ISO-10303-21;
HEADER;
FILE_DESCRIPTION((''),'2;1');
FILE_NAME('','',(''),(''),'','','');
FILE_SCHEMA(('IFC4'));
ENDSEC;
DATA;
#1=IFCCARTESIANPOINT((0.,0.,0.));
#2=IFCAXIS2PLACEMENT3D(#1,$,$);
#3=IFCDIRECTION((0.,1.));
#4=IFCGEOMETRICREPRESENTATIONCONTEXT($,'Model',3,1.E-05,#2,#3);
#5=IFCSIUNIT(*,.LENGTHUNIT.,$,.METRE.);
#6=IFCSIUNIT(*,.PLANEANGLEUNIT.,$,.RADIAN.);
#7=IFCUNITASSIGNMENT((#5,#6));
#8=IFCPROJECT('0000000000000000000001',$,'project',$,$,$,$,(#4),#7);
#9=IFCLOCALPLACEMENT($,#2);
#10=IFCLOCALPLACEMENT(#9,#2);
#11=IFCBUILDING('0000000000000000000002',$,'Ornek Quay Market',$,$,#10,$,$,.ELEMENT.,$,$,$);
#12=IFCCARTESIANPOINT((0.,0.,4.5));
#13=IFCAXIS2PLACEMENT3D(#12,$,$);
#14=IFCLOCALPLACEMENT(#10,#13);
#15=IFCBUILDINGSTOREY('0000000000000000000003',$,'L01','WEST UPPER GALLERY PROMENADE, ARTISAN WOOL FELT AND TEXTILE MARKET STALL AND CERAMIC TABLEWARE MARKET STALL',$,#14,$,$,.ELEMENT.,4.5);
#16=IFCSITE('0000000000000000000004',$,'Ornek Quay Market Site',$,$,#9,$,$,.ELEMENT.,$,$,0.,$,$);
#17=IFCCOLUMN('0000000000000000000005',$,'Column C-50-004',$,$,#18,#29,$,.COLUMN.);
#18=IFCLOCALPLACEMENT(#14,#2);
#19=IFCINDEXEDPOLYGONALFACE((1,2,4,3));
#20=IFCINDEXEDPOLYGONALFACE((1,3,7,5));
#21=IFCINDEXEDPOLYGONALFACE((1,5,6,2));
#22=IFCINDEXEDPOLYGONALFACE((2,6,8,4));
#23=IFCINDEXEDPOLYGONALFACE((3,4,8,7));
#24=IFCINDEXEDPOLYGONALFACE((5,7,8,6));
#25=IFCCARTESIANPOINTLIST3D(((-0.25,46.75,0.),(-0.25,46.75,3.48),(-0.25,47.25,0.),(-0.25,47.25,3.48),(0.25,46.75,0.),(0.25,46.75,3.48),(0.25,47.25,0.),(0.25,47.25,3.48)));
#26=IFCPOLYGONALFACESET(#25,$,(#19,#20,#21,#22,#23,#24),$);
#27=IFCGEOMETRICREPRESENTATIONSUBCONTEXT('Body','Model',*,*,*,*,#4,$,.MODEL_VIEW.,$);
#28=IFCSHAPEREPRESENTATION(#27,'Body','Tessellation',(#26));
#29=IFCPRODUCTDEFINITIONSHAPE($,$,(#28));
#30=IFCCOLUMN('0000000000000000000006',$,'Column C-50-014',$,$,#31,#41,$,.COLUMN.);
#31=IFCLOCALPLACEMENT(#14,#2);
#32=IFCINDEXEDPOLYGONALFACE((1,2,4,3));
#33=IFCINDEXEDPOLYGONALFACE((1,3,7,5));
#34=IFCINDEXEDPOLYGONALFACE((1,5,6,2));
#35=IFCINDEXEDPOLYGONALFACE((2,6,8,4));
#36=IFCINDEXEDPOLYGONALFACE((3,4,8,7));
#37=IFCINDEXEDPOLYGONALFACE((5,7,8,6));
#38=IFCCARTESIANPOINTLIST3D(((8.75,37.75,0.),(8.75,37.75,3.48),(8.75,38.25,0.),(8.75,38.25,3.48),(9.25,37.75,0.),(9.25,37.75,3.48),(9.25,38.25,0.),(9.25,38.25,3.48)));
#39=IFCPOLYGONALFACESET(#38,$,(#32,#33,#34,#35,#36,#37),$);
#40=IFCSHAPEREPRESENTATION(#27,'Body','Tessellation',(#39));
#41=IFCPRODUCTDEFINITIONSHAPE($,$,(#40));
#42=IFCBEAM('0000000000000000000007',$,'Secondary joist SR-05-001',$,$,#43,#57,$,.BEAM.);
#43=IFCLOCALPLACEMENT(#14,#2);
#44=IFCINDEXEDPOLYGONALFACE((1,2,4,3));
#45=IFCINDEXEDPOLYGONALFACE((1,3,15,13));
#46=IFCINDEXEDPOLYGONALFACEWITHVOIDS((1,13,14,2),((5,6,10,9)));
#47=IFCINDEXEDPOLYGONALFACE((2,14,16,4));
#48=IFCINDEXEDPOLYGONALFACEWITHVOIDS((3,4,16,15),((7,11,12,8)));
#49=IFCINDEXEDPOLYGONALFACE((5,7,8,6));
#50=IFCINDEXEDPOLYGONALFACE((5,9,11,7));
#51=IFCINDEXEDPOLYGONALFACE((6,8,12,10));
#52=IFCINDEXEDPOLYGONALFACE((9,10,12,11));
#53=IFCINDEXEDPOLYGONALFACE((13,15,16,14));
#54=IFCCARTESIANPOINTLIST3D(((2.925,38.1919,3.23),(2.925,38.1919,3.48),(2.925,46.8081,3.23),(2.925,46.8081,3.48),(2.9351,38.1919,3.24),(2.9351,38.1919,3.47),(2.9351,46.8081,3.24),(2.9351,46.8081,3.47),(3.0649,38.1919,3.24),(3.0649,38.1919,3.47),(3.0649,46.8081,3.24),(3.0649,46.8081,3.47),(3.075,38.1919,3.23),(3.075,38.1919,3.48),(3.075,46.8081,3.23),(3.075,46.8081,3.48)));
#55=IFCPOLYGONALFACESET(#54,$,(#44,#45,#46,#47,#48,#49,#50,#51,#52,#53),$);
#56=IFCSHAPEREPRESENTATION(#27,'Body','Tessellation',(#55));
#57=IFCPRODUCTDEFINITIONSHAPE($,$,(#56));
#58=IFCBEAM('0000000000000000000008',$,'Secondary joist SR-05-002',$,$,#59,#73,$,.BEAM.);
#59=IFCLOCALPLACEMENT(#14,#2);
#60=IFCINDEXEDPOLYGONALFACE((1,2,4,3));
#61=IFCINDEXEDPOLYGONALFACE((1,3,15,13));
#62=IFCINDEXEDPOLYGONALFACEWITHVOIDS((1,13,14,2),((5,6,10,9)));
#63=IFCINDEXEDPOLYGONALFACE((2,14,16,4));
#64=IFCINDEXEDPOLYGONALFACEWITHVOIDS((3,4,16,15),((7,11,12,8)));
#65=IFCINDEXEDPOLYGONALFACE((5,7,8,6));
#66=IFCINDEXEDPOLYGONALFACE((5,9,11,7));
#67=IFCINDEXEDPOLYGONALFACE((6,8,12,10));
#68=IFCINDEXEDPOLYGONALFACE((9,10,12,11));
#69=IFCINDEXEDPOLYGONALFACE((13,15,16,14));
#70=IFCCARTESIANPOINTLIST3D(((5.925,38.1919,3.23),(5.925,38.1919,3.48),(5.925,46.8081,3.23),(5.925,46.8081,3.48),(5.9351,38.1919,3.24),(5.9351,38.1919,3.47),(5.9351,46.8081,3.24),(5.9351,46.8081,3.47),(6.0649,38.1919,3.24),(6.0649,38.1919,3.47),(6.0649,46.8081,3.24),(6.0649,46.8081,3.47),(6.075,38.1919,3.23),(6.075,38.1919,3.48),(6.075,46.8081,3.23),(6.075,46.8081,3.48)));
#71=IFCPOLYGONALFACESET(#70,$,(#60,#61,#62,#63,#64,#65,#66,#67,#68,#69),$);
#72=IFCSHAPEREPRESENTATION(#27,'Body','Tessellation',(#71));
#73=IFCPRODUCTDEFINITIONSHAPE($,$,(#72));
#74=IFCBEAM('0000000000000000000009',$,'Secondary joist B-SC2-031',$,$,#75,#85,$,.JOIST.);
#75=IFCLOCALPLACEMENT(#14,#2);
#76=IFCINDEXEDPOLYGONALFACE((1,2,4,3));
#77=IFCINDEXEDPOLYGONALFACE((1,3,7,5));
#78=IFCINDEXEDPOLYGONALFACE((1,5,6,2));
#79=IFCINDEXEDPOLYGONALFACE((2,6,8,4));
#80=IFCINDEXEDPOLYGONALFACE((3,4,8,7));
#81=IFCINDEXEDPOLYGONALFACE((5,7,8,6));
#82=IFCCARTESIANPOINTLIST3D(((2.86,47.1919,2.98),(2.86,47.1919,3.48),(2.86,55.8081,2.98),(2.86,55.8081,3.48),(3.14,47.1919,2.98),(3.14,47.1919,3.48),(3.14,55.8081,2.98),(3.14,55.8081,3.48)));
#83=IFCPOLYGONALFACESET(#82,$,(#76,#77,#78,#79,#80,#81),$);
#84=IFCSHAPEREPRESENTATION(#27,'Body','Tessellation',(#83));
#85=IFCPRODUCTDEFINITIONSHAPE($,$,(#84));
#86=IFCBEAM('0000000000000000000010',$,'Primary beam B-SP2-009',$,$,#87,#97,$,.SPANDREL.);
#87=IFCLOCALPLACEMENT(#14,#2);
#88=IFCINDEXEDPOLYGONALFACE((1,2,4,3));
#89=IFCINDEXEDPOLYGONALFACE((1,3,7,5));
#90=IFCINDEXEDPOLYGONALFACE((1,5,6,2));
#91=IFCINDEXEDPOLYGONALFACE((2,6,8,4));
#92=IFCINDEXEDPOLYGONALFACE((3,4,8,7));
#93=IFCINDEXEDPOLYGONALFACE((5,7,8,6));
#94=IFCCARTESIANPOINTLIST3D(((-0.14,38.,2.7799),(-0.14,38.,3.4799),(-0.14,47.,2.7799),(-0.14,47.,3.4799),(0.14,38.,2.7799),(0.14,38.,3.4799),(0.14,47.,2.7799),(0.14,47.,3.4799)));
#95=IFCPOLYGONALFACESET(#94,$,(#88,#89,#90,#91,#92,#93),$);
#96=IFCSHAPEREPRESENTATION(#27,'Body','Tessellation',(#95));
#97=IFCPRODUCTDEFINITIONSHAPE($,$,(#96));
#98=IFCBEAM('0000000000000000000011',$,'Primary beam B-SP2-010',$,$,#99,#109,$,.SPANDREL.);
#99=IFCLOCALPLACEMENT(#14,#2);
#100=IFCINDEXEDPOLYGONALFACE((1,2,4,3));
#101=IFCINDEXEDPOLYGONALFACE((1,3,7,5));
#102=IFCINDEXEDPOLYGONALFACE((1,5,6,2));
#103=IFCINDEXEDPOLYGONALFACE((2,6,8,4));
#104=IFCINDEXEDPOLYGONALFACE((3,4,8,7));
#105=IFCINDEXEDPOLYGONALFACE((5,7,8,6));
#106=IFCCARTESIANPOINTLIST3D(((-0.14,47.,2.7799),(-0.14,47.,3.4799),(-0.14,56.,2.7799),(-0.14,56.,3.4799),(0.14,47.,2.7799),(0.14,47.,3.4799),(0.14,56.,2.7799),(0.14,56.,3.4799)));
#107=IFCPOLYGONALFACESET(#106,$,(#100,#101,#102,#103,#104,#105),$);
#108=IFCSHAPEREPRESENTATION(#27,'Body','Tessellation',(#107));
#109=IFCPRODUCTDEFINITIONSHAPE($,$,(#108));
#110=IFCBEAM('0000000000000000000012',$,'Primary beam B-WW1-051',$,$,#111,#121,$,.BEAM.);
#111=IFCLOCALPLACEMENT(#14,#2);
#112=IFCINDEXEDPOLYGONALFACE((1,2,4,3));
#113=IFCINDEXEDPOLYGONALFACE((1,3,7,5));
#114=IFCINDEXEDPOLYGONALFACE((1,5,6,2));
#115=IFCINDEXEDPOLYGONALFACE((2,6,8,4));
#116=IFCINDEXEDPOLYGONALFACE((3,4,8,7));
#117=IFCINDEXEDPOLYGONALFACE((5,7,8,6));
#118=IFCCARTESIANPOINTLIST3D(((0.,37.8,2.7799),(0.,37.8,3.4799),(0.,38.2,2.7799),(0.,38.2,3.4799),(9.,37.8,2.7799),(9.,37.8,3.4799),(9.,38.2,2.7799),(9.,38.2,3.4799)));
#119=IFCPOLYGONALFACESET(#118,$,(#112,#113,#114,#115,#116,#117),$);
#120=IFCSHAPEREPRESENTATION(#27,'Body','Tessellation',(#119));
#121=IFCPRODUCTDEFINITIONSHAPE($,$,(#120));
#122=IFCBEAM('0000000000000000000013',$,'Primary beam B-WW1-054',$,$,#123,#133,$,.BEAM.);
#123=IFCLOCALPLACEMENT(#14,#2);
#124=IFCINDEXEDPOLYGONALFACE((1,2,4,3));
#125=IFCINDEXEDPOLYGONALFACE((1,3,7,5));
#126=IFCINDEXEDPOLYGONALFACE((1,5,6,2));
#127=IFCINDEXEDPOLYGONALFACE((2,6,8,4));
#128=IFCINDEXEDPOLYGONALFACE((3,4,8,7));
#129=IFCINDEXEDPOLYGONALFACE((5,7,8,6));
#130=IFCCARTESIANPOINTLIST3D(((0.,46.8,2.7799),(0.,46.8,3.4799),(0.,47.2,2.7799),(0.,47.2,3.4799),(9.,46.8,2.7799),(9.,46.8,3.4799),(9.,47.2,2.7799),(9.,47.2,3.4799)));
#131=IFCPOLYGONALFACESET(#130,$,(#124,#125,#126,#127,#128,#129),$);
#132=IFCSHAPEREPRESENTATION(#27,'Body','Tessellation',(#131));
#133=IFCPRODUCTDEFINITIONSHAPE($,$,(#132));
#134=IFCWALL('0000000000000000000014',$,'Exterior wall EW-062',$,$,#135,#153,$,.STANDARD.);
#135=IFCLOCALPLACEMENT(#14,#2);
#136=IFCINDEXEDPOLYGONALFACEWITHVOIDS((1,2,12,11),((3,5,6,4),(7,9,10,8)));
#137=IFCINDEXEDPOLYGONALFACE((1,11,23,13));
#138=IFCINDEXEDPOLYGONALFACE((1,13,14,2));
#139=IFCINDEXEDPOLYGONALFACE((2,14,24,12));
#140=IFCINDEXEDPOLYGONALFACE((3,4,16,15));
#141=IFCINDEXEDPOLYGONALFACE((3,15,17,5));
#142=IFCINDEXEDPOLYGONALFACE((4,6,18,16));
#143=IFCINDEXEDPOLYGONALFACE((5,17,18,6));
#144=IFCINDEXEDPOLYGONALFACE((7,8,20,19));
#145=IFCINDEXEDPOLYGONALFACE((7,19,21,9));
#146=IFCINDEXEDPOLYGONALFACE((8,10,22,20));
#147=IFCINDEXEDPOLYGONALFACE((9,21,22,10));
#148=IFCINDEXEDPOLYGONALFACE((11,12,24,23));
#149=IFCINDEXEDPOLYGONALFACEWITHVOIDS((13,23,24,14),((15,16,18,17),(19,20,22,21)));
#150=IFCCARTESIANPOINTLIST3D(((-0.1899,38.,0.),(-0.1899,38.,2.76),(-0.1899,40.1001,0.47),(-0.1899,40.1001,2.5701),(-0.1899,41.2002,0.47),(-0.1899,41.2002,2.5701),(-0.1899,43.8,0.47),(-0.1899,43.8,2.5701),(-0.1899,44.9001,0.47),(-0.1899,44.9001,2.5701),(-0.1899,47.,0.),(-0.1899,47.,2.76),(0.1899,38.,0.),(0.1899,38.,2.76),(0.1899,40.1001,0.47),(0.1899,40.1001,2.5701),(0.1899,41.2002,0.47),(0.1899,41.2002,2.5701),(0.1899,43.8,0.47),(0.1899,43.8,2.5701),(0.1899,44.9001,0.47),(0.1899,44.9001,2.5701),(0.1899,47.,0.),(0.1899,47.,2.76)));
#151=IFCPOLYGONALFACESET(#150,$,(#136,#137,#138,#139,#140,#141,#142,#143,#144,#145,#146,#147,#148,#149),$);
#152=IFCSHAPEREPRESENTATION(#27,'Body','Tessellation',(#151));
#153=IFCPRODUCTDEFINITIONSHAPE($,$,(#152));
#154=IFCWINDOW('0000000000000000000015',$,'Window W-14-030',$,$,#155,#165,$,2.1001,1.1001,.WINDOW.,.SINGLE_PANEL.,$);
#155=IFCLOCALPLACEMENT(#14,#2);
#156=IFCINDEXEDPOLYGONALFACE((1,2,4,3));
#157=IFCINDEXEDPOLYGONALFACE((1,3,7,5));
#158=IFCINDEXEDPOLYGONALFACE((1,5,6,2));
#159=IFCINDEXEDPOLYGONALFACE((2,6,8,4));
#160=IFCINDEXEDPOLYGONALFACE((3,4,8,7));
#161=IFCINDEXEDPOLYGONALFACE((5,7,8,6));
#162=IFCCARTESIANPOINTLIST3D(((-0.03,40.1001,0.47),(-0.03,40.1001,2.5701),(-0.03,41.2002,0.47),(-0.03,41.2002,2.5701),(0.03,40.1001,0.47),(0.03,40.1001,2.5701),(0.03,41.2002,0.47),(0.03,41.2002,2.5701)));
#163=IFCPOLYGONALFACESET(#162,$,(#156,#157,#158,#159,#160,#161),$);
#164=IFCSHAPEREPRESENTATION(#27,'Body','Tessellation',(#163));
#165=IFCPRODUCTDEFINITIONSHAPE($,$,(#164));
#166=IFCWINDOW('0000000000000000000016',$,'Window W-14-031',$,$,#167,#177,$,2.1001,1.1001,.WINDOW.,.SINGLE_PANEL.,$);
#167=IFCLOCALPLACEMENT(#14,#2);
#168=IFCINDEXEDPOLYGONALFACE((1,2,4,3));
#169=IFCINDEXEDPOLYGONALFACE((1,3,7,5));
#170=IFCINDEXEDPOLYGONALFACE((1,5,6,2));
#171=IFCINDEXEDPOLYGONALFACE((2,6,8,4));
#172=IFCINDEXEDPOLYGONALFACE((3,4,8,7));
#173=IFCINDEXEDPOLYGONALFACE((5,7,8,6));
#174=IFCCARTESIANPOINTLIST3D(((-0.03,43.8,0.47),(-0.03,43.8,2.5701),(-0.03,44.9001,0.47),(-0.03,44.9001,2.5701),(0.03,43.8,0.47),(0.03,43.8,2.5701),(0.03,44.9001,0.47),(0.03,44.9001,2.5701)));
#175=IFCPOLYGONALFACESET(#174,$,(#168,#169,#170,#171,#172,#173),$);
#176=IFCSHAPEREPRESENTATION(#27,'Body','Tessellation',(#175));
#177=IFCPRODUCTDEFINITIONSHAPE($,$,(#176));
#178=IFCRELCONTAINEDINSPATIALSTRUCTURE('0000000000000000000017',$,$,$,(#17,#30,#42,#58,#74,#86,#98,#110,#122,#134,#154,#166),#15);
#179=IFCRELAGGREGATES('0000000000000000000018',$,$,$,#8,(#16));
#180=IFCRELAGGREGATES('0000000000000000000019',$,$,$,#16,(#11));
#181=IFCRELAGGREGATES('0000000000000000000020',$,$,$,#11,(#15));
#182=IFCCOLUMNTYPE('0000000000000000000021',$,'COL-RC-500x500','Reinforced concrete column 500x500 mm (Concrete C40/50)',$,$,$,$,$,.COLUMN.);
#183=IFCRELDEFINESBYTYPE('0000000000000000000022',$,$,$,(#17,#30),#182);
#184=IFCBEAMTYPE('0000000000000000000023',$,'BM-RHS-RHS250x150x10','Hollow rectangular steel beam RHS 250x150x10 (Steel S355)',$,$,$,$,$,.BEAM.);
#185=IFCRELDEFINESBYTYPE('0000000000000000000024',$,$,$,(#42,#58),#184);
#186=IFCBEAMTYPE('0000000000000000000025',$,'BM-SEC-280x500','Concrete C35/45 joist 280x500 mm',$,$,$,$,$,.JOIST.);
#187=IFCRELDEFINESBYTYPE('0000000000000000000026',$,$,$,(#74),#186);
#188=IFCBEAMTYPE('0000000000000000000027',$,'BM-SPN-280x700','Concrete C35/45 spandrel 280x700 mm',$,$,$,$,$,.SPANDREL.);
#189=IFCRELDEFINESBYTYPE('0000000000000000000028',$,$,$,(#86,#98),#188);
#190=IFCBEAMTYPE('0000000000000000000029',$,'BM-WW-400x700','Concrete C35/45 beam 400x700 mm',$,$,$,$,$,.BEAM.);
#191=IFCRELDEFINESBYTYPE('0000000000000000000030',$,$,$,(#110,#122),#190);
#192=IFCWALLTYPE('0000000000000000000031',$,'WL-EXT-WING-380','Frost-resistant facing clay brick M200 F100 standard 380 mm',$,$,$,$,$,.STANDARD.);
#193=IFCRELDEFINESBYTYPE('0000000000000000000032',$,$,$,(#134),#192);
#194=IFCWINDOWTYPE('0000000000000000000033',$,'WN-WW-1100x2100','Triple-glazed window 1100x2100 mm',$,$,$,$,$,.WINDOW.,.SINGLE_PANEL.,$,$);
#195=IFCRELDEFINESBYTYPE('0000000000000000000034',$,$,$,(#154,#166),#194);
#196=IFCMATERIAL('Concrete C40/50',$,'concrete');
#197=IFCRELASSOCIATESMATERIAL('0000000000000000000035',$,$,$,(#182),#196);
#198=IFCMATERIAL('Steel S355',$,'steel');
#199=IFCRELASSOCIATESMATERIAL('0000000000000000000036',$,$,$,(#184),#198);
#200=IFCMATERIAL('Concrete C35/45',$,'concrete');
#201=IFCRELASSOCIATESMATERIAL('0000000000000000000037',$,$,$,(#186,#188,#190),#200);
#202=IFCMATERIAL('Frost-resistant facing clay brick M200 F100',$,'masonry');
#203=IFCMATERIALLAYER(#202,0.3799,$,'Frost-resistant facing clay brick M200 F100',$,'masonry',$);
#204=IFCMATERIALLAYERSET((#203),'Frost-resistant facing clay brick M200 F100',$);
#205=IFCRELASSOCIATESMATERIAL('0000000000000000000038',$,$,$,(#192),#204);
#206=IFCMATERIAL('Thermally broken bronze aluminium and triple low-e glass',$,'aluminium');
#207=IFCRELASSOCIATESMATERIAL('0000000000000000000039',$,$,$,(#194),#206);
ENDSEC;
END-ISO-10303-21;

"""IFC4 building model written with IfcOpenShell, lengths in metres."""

from ifc_helpers import new_model, si_unit, direction, frame, frame_2d, origin, origin_2d, place, context, subcontext, project, spatial, rectangle, hollow_rectangle, extrude, material, layer, layer_set, material_profile, profile_set, type_object, element, fill, save


model = new_model("IFC4")

# Units and contexts
model_context = context("Model", 3, precision=1e-05, world=origin(), true_north=direction((0.0, 1.0)))
body_context = subcontext(model_context, "Body", "Model", "MODEL_VIEW")
ifc_project = project(units=[si_unit("LENGTHUNIT", "METRE"), si_unit("PLANEANGLEUNIT", "RADIAN")], contexts=[model_context])

# Site, building, storey
site_placement = place(None, origin())
site = spatial("IfcSite", under=ifc_project, at=site_placement, Name="Ornek Quay Market Site", CompositionType="ELEMENT", RefElevation=0.0)
building_placement = place(site_placement, origin())
building = spatial("IfcBuilding", under=site, at=building_placement, Name="Ornek Quay Market", CompositionType="ELEMENT")
storey_placement = place(building_placement, frame((0.0, 0.0, 4.5)))
storey = spatial("IfcBuildingStorey", under=building, at=storey_placement, Name="L01", Description="WEST UPPER GALLERY PROMENADE, ARTISAN WOOL FELT AND TEXTILE MARKET STALL AND CERAMIC TABLEWARE MARKET STALL", CompositionType="ELEMENT", Elevation=4.5)

# Columns
ifc_material_1 = material(Name="Concrete C40/50", Category="concrete")
ifc_material_profile_1 = material_profile(ifc_material_1, rectangle(XDim=0.5, YDim=0.5, at=origin_2d()), Name="RC 500x500", Category="concrete")
ifc_profile_set_1 = profile_set([ifc_material_profile_1], Name="Concrete C40/50")
column_type = type_object("IfcColumnType", Name="COL-RC-500x500", Description="Reinforced concrete column 500x500 mm (Concrete C40/50)", PredefinedType="COLUMN", material=ifc_profile_set_1)
for number, where, z_axis, x_axis, name in (
    (1, (0.0, 47.0, 0.0), (0.0, 0.0, 1.0), (1.0, 0.0, 0.0), "Column C-50-004"),
    (2, (9.0, 38.0, 0.0), (0.0, 0.0, 1.0), (1.0, 0.0, 0.0), "Column C-50-014"),
):
    element("IfcColumn", number, at=place(storey_placement, frame(where, z_axis=z_axis, x_axis=x_axis)), inside=storey, type_object=column_type, Name=name, PredefinedType="COLUMN", context=body_context, shape_type="SweptSolid", body=[
        extrude(rectangle(XDim=0.5, YDim=0.5, at=origin_2d()), origin(), (0.0, 0.0, 1.0), 3.48),
    ])

# Beams
ifc_material_2 = material(Name="Steel S355", Category="steel")
ifc_material_profile_2 = material_profile(ifc_material_2, hollow_rectangle(XDim=0.1499, YDim=0.25, WallThickness=0.01, at=origin_2d()), Name="RHS 250x150x10", Category="steel")
ifc_profile_set_2 = profile_set([ifc_material_profile_2], Name="Steel S355")
beam_type_1 = type_object("IfcBeamType", Name="BM-RHS-RHS250x150x10", Description="Hollow rectangular steel beam RHS 250x150x10 (Steel S355)", PredefinedType="BEAM", material=ifc_profile_set_2)
for number, where, z_axis, x_axis, name in (
    (3, (3.0, 38.1919, 3.355), (0.0, 1.0, 0.0), (-1.0, 0.0, 0.0), "Secondary joist SR-05-001"),
    (4, (6.0, 38.1919, 3.355), (0.0, 1.0, 0.0), (-1.0, 0.0, 0.0), "Secondary joist SR-05-002"),
):
    element("IfcBeam", number, at=place(storey_placement, frame(where, z_axis=z_axis, x_axis=x_axis)), inside=storey, type_object=beam_type_1, Name=name, PredefinedType="BEAM", context=body_context, shape_type="SweptSolid", body=[
        extrude(hollow_rectangle(XDim=0.1499, YDim=0.25, WallThickness=0.01, at=origin_2d()), origin(), (0.0, 0.0, 1.0), 8.6162),
    ])
ifc_material_3 = material(Name="Concrete C35/45", Category="concrete")
ifc_material_profile_3 = material_profile(ifc_material_3, rectangle(XDim=0.28, YDim=0.5, at=origin_2d()), Name="RC 280x500", Category="concrete")
ifc_profile_set_3 = profile_set([ifc_material_profile_3], Name="Concrete C35/45")
beam_type_2 = type_object("IfcBeamType", Name="BM-SEC-280x500", Description="Concrete C35/45 joist 280x500 mm", PredefinedType="JOIST", material=ifc_profile_set_3)
beam_placement = place(storey_placement, frame((3.0, 47.1919, 3.23), z_axis=(0.0, 1.0, 0.0), x_axis=(-1.0, 0.0, 0.0)))
element("IfcBeam", 5, at=beam_placement, inside=storey, type_object=beam_type_2, Name="Secondary joist B-SC2-031", PredefinedType="JOIST", context=body_context, shape_type="SweptSolid", body=[
    extrude(rectangle(XDim=0.28, YDim=0.5, at=origin_2d()), origin(), (0.0, 0.0, 1.0), 8.6162),
])
ifc_material_profile_4 = material_profile(ifc_material_3, rectangle(XDim=0.28, YDim=0.7, at=origin_2d()), Name="RC 280x700", Category="concrete")
ifc_profile_set_4 = profile_set([ifc_material_profile_4], Name="Concrete C35/45")
beam_type_3 = type_object("IfcBeamType", Name="BM-SPN-280x700", Description="Concrete C35/45 spandrel 280x700 mm", PredefinedType="SPANDREL", material=ifc_profile_set_4)
for number, where, z_axis, x_axis, name in (
    (6, (0.0, 38.0, 3.1299), (0.0, 1.0, 0.0), (-1.0, 0.0, 0.0), "Primary beam B-SP2-009"),
    (7, (0.0, 47.0, 3.1299), (0.0, 1.0, 0.0), (-1.0, 0.0, 0.0), "Primary beam B-SP2-010"),
):
    element("IfcBeam", number, at=place(storey_placement, frame(where, z_axis=z_axis, x_axis=x_axis)), inside=storey, type_object=beam_type_3, Name=name, PredefinedType="SPANDREL", context=body_context, shape_type="SweptSolid", body=[
        extrude(rectangle(XDim=0.28, YDim=0.7, at=origin_2d()), origin(), (0.0, 0.0, 1.0), 9.0),
    ])
ifc_material_profile_5 = material_profile(ifc_material_3, rectangle(XDim=0.3999, YDim=0.7, at=origin_2d()), Name="RC 400x700", Category="concrete")
ifc_profile_set_5 = profile_set([ifc_material_profile_5], Name="Concrete C35/45")
beam_type_4 = type_object("IfcBeamType", Name="BM-WW-400x700", Description="Concrete C35/45 beam 400x700 mm", PredefinedType="BEAM", material=ifc_profile_set_5)
for number, where, z_axis, x_axis, name in (
    (8, (0.0, 38.0, 3.1299), (1.0, 0.0, 0.0), (0.0, 1.0, 0.0), "Primary beam B-WW1-051"),
    (9, (0.0, 47.0, 3.1299), (1.0, 0.0, 0.0), (0.0, 1.0, 0.0), "Primary beam B-WW1-054"),
):
    element("IfcBeam", number, at=place(storey_placement, frame(where, z_axis=z_axis, x_axis=x_axis)), inside=storey, type_object=beam_type_4, Name=name, PredefinedType="BEAM", context=body_context, shape_type="SweptSolid", body=[
        extrude(rectangle(XDim=0.3999, YDim=0.7, at=origin_2d()), origin(), (0.0, 0.0, 1.0), 9.0),
    ])

# Wall, openings, windows
ifc_material_4 = material(Name="Frost-resistant facing clay brick M200 F100", Category="masonry")
ifc_layer_1 = layer(ifc_material_4, 0.3799, Name="Frost-resistant facing clay brick M200 F100", Category="masonry")
ifc_layer_set_1 = layer_set([ifc_layer_1], Name="Frost-resistant facing clay brick M200 F100")
wall_type_1 = type_object("IfcWallType", Name="WL-EXT-WING-380", Description="Frost-resistant facing clay brick M200 F100 standard 380 mm", PredefinedType="STANDARD", material=ifc_layer_set_1)
wall_1_placement = place(storey_placement, frame((0.0, 38.0, 0.0), z_axis=(0.0, 0.0, 1.0), x_axis=(0.0, 1.0, 0.0)))
wall_1 = element("IfcWall", 10, at=wall_1_placement, inside=storey, type_object=wall_type_1, Name="Exterior wall EW-062", PredefinedType="STANDARD", context=body_context, shape_type="SweptSolid", body=[
    extrude(rectangle(XDim=9.0, YDim=0.3799, at=frame_2d((4.5, 0.0))), origin(), (0.0, 0.0, 1.0), 2.76),
])
opening_1_placement = place(wall_1_placement, frame((2.1001, 0.0, 0.47)))
opening_1 = element("IfcOpeningElement", 11, at=opening_1_placement, cuts=wall_1, PredefinedType="OPENING", context=body_context, shape_type="SweptSolid", body=[
    extrude(rectangle(XDim=1.1001, YDim=2.1001, at=frame_2d((0.55, 1.05))), frame((0.0, 0.2, 0.0), z_axis=(0.0, -1.0, 0.0), x_axis=(1.0, 0.0, 0.0)), (0.0, 0.0, 1.0), 0.3999),
])
opening_2_placement = place(wall_1_placement, frame((5.8, 0.0, 0.47)))
opening_2 = element("IfcOpeningElement", 12, at=opening_2_placement, cuts=wall_1, PredefinedType="OPENING", context=body_context, shape_type="SweptSolid", body=[
    extrude(rectangle(XDim=1.1001, YDim=2.1001, at=frame_2d((0.55, 1.05))), frame((0.0, 0.2, 0.0), z_axis=(0.0, -1.0, 0.0), x_axis=(1.0, 0.0, 0.0)), (0.0, 0.0, 1.0), 0.3999),
])
ifc_material_5 = material(Name="Thermally broken bronze aluminium and triple low-e glass", Category="aluminium")
window_type_1 = type_object("IfcWindowType", Name="WN-WW-1100x2100", Description="Triple-glazed window 1100x2100 mm", PartitioningType="SINGLE_PANEL", PredefinedType="WINDOW", material=ifc_material_5)
window_1_placement = place(opening_1_placement, origin())
window_1 = element("IfcWindow", 13, at=window_1_placement, inside=storey, type_object=window_type_1, Name="Window W-14-030", OverallHeight=2.1001, OverallWidth=1.1001, PartitioningType="SINGLE_PANEL", PredefinedType="WINDOW", context=body_context, shape_type="SweptSolid", body=[
    extrude(rectangle(XDim=1.1001, YDim=2.1001, at=frame_2d((0.55, 1.05))), frame((0.0, 0.03, 0.0), z_axis=(0.0, -1.0, 0.0), x_axis=(1.0, 0.0, 0.0)), (0.0, 0.0, 1.0), 0.0601),
])
fill(opening_1, window_1)
window_2_placement = place(opening_2_placement, origin())
window_2 = element("IfcWindow", 14, at=window_2_placement, inside=storey, type_object=window_type_1, Name="Window W-14-031", OverallHeight=2.1001, OverallWidth=1.1001, PartitioningType="SINGLE_PANEL", PredefinedType="WINDOW", context=body_context, shape_type="SweptSolid", body=[
    extrude(rectangle(XDim=1.1001, YDim=2.1001, at=frame_2d((0.55, 1.05))), frame((0.0, 0.03, 0.0), z_axis=(0.0, -1.0, 0.0), x_axis=(1.0, 0.0, 0.0)), (0.0, 0.0, 1.0), 0.0601),
])
fill(opening_2, window_2)

save(model, "model.ifc")
